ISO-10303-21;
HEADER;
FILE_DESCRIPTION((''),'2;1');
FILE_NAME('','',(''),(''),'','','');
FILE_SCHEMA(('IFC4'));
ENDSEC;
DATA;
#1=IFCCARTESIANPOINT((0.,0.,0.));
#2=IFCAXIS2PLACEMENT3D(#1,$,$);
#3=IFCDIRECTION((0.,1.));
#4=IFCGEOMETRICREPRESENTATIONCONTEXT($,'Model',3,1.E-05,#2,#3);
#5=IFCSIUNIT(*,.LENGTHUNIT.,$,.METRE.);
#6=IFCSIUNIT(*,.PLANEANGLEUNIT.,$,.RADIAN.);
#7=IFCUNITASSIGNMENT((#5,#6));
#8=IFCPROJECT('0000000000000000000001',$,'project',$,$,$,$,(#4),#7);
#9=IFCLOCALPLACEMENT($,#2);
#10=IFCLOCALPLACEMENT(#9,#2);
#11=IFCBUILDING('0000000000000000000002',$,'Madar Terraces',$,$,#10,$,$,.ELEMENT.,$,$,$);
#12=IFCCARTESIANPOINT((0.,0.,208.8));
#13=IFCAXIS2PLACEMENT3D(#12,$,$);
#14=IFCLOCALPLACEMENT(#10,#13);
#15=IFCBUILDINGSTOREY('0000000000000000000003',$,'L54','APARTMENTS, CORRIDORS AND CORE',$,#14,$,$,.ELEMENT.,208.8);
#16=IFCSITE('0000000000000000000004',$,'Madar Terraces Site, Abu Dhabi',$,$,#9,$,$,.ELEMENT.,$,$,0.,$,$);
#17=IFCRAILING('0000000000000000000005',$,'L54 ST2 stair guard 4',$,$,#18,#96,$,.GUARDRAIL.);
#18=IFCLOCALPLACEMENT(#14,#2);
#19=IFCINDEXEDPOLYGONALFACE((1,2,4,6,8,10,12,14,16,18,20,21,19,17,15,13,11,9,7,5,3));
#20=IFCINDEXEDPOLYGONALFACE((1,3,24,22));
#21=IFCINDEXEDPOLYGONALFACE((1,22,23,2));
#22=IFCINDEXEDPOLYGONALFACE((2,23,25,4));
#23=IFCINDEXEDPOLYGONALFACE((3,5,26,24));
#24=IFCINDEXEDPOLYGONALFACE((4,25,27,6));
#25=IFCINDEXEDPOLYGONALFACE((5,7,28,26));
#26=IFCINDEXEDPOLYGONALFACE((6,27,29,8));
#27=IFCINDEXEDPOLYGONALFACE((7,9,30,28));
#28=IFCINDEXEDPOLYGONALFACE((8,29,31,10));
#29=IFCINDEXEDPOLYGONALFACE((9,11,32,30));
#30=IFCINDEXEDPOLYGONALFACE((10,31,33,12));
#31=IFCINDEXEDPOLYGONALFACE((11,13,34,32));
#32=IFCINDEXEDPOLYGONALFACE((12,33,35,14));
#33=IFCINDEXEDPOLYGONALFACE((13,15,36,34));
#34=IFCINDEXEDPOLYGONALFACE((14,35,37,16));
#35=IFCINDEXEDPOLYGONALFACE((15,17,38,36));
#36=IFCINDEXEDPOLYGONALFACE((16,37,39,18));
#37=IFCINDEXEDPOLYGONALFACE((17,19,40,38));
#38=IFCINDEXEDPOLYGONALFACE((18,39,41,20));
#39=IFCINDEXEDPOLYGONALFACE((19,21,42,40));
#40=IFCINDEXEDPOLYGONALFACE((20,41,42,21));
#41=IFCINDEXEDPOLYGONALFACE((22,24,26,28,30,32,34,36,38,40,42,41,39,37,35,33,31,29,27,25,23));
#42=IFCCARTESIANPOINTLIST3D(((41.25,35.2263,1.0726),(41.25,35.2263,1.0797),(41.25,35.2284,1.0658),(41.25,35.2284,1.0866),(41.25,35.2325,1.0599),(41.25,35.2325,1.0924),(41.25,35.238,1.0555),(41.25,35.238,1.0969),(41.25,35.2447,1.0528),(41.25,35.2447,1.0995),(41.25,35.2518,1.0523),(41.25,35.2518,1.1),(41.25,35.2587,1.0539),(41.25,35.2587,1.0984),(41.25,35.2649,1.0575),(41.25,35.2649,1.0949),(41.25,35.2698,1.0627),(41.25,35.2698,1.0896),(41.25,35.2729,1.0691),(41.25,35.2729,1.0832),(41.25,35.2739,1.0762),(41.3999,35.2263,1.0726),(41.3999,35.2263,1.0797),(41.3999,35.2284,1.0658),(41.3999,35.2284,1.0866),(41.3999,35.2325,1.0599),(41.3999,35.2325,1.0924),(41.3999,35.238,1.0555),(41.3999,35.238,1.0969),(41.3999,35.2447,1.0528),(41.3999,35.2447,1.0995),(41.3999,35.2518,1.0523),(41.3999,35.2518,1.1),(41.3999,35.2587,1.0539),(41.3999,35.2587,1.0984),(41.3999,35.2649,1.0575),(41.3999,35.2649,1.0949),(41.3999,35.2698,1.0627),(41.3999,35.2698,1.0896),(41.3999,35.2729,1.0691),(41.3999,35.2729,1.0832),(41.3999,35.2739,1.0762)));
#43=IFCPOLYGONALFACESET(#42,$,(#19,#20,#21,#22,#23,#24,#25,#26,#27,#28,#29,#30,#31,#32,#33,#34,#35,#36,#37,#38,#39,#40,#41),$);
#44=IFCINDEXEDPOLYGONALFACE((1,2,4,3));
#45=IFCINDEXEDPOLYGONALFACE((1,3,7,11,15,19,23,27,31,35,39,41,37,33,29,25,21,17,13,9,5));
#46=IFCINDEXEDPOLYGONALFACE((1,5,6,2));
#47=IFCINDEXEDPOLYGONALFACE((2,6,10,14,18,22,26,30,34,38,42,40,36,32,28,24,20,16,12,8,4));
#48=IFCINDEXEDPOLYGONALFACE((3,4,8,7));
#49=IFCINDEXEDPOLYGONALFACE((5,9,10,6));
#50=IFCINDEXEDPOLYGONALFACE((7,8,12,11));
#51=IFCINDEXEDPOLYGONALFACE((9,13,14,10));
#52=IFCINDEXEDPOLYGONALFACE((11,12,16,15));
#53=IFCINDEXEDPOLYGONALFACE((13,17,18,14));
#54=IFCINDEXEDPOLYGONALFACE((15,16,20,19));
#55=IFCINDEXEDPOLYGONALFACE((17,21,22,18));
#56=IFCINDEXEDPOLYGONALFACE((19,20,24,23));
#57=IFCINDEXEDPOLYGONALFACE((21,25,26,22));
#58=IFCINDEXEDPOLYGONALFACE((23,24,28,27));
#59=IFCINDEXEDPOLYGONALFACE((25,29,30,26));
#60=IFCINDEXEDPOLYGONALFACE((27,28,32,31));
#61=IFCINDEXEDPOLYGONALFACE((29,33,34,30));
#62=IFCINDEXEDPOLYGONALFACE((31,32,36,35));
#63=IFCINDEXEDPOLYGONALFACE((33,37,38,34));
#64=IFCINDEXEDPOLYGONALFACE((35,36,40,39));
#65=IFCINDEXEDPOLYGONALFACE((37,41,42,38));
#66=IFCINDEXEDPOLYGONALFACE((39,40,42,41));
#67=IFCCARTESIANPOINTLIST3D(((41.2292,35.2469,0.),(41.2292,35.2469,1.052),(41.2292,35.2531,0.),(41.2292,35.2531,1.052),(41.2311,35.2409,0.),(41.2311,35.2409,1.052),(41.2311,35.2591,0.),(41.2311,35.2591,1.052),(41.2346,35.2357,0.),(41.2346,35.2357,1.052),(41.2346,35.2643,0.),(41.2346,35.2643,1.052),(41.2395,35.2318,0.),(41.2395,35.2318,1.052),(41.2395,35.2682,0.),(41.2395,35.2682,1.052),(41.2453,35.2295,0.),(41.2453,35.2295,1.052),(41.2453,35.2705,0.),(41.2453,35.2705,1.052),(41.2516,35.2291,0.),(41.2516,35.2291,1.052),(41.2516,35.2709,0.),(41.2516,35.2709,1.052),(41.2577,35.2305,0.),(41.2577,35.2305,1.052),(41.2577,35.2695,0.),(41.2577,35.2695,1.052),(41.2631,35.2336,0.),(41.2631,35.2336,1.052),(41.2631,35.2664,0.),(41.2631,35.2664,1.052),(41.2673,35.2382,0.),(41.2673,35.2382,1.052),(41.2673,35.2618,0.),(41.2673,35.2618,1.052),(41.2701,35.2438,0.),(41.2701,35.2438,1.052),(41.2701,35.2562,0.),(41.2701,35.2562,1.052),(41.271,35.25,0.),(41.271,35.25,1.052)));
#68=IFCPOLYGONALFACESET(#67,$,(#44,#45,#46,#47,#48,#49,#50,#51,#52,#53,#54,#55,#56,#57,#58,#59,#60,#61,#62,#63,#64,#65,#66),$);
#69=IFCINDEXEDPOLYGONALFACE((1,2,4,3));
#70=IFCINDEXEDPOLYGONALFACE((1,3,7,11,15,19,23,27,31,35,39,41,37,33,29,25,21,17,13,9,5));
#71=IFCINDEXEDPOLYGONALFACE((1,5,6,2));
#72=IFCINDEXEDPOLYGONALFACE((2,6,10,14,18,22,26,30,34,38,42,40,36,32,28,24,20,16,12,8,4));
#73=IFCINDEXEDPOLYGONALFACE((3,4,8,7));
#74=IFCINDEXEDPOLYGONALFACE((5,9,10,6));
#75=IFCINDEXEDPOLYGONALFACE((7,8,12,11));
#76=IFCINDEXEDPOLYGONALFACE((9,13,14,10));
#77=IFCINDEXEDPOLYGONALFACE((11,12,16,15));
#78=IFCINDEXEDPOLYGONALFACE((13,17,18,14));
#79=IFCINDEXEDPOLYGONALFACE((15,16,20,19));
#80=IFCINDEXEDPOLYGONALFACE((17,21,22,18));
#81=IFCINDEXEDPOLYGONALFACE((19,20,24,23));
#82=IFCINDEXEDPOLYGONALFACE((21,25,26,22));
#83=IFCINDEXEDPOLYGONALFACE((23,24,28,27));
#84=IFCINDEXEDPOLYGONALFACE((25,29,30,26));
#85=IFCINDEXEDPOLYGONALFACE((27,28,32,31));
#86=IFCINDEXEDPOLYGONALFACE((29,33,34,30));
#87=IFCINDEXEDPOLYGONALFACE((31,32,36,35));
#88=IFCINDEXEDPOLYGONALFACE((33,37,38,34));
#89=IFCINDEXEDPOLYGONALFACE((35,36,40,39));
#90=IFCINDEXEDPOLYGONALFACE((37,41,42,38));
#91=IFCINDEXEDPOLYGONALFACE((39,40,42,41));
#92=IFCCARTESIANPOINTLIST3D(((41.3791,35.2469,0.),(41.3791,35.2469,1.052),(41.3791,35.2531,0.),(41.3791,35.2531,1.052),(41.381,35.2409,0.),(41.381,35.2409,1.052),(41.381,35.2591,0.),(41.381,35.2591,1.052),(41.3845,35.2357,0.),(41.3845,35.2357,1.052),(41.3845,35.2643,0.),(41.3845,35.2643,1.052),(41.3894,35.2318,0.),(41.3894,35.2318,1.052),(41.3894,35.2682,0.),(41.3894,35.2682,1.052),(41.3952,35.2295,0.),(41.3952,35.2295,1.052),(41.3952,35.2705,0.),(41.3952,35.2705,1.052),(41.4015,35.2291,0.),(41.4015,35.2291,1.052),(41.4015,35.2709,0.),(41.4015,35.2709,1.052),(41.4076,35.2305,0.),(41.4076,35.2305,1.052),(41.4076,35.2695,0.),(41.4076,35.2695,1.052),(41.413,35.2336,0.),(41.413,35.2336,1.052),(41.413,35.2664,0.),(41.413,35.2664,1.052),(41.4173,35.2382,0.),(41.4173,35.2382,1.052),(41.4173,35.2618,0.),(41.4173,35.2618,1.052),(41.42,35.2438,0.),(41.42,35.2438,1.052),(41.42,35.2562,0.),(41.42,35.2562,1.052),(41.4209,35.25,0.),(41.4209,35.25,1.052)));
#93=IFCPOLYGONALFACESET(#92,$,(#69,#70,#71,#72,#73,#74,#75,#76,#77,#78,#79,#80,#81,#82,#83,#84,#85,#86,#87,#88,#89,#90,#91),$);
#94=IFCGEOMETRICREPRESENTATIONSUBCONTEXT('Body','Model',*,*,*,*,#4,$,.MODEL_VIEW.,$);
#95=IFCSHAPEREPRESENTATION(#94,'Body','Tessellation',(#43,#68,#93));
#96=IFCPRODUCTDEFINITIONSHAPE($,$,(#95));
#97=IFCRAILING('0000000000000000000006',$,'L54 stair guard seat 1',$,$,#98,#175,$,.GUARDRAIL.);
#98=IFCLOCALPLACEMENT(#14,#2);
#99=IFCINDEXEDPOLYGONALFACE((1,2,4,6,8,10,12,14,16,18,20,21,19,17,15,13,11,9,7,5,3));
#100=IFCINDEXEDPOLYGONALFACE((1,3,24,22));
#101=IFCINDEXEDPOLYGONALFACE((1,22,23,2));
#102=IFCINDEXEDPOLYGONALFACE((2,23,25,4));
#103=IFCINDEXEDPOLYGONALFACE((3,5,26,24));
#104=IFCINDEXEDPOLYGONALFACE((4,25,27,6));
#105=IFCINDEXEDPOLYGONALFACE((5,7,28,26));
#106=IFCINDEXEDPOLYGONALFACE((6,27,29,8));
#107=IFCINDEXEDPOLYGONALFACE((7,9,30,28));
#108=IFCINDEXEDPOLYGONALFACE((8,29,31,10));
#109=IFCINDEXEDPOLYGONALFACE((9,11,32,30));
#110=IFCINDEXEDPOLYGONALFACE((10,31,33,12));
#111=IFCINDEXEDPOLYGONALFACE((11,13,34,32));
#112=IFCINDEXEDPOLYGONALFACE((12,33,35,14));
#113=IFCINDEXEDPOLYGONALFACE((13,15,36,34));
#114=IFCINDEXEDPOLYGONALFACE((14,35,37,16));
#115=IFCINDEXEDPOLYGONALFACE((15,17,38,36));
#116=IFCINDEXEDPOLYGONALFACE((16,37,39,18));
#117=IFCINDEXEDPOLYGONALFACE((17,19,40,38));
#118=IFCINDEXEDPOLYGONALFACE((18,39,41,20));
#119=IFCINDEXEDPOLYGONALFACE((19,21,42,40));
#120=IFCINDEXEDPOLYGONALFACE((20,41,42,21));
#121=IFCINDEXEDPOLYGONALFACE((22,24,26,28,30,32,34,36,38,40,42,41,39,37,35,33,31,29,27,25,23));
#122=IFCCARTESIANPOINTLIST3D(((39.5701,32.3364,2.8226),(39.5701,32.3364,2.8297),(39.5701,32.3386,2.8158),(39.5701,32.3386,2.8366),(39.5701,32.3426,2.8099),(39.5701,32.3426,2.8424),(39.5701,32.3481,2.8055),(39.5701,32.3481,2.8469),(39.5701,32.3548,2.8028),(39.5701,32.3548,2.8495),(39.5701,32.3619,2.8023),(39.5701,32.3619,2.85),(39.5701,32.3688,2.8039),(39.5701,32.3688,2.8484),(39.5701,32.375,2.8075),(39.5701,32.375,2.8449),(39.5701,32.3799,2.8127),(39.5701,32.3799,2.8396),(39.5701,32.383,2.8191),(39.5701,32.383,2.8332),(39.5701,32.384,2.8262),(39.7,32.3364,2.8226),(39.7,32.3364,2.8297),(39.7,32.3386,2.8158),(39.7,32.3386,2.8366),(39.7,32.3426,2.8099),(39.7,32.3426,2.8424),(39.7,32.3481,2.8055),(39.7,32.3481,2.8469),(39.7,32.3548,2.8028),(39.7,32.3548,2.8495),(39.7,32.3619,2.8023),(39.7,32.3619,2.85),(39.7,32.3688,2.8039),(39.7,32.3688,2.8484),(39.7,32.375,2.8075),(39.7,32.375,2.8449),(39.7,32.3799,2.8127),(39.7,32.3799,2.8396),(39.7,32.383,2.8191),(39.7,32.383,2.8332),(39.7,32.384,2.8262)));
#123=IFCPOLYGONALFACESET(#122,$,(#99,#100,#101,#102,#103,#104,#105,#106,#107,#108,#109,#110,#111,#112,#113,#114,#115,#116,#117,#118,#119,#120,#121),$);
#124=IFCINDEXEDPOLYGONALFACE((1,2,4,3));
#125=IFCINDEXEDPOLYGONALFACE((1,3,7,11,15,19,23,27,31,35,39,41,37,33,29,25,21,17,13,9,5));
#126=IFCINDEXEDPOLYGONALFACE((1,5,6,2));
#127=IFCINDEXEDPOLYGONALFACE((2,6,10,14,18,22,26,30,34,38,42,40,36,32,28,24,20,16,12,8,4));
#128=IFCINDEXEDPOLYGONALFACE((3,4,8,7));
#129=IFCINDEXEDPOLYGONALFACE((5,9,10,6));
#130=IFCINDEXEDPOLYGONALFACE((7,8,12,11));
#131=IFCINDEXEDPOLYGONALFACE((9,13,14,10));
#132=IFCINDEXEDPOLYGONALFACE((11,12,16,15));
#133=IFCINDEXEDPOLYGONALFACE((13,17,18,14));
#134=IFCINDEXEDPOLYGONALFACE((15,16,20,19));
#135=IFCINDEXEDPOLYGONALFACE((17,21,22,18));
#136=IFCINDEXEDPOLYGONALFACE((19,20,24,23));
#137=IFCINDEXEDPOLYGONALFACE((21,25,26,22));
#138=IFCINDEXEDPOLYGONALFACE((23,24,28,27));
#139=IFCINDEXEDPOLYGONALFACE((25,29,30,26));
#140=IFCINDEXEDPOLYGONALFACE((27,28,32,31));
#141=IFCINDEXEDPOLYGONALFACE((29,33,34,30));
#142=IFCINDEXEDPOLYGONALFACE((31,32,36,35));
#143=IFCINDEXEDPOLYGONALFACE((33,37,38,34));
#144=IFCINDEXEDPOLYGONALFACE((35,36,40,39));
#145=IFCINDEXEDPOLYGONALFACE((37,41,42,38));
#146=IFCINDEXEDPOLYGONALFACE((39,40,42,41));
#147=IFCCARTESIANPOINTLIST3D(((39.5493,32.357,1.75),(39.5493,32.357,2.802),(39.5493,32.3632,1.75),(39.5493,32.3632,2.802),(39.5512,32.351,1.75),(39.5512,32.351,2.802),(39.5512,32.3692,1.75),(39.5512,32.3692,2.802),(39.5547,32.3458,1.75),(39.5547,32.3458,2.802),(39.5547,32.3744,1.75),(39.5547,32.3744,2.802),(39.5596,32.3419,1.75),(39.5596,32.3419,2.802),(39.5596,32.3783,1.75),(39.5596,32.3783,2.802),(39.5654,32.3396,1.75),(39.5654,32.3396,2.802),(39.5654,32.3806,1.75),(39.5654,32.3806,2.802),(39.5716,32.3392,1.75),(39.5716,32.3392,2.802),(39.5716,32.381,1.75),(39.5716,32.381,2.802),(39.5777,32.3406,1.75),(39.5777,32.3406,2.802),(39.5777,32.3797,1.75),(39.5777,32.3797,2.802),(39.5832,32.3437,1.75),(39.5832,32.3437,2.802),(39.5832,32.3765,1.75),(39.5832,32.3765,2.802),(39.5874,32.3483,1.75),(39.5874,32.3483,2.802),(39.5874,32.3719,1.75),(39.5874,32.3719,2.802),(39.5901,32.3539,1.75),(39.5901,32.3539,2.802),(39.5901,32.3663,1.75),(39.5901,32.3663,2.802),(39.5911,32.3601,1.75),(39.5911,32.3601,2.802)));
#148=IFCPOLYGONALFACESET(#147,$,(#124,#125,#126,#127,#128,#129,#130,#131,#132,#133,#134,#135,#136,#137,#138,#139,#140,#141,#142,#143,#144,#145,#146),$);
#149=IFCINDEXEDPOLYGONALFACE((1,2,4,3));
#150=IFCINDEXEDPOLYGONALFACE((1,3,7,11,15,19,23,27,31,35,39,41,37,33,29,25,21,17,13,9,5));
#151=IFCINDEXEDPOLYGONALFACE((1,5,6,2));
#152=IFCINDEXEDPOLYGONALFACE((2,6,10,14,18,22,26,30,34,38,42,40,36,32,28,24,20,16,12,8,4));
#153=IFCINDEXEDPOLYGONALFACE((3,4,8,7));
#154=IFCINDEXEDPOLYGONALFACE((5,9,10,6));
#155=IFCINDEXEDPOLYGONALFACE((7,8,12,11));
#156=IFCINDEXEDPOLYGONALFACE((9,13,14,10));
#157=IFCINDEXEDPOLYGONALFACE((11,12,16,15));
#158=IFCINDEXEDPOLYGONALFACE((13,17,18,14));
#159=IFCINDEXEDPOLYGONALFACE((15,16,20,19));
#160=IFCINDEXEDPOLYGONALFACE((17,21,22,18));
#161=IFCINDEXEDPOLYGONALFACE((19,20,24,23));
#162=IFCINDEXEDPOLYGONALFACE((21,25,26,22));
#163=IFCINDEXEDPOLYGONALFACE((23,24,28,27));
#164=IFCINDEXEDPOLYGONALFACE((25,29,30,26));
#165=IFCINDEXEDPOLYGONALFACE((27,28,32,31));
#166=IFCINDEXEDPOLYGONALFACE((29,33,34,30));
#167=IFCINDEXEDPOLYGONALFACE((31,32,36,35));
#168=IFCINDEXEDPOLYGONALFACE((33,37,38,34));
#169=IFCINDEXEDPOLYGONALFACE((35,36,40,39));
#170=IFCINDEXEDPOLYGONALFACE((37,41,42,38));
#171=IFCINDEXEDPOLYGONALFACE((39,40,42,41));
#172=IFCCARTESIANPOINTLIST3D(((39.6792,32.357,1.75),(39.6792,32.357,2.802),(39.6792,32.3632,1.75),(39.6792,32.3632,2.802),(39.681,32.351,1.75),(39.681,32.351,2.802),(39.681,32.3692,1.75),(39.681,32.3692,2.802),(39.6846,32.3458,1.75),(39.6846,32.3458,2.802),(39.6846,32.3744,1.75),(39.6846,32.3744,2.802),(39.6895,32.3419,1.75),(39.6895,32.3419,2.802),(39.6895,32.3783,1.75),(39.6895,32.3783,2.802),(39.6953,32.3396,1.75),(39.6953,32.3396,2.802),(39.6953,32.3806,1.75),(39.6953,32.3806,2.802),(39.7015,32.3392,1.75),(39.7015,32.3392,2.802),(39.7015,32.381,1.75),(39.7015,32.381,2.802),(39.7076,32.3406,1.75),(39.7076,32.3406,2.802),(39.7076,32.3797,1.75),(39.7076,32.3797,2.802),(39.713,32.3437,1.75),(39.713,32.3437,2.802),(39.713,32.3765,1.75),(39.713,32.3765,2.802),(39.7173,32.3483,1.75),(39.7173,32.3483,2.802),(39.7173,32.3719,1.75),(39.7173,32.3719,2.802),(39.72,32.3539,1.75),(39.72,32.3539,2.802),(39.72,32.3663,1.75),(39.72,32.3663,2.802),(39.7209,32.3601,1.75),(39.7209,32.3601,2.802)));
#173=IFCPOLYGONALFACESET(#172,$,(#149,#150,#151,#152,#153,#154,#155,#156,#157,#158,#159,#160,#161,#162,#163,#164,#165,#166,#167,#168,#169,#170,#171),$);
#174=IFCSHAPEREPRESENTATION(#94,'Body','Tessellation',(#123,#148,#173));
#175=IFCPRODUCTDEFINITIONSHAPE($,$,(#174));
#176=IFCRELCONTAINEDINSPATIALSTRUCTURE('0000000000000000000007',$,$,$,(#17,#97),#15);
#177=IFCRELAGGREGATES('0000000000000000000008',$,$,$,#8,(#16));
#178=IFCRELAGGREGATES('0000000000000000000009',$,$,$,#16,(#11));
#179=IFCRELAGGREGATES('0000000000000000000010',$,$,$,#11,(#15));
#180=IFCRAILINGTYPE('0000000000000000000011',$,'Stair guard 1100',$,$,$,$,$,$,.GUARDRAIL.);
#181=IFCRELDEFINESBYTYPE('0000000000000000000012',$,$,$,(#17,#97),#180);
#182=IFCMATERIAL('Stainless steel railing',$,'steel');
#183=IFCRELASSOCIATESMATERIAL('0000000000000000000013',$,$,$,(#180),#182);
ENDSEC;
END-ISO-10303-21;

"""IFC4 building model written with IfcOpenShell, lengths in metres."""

from ifc_helpers import new_model, si_unit, direction, frame, origin, origin_2d, place, context, subcontext, project, spatial, circle, extrude, material, type_object, element, save


model = new_model("IFC4")

# Units and contexts
model_context = context("Model", 3, precision=1e-05, world=origin(), true_north=direction((0.0, 1.0)))
body_context = subcontext(model_context, "Body", "Model", "MODEL_VIEW")
ifc_project = project(units=[si_unit("LENGTHUNIT", "METRE"), si_unit("PLANEANGLEUNIT", "RADIAN")], contexts=[model_context])

# Site, building, storey
site_placement = place(None, origin())
site = spatial("IfcSite", under=ifc_project, at=site_placement, Name="Madar Terraces Site, Abu Dhabi", CompositionType="ELEMENT", RefElevation=0.0)
building_placement = place(site_placement, origin())
building = spatial("IfcBuilding", under=site, at=building_placement, Name="Madar Terraces", CompositionType="ELEMENT")
storey_placement = place(building_placement, frame((0.0, 0.0, 208.8)))
storey = spatial("IfcBuildingStorey", under=building, at=storey_placement, Name="L54", Description="APARTMENTS, CORRIDORS AND CORE", CompositionType="ELEMENT", Elevation=208.8)

# Railings
ifc_material_1 = material(Name="Stainless steel railing", Category="steel")
railing_type_1 = type_object("IfcRailingType", Name="Stair guard 1100", PredefinedType="GUARDRAIL", material=ifc_material_1)
railing_1_placement = place(storey_placement, frame((41.25, 35.25, 0.0)))
element("IfcRailing", 1, at=railing_1_placement, inside=storey, type_object=railing_type_1, Name="L54 ST2 stair guard 4", PredefinedType="GUARDRAIL", context=body_context, shape_type="SweptSolid", body=[
    extrude(circle(Radius=0.0239, at=origin_2d()), frame((0.0, 0.0, 1.0762), z_axis=(1.0, 0.0, 0.0), x_axis=(0.0, 1.0, 0.0)), (0.0, 0.0, 1.0), 0.1499),
    extrude(circle(Radius=0.021, at=origin_2d()), origin(), (0.0, 0.0, 1.0), 1.052),
    extrude(circle(Radius=0.021, at=origin_2d()), frame((0.1499, 0.0, 0.0)), (0.0, 0.0, 1.0), 1.052),
])
railing_2_placement = place(storey_placement, frame((39.5701, 32.3601, 1.75)))
element("IfcRailing", 2, at=railing_2_placement, inside=storey, type_object=railing_type_1, Name="L54 stair guard seat 1", PredefinedType="GUARDRAIL", context=body_context, shape_type="SweptSolid", body=[
    extrude(circle(Radius=0.0239, at=origin_2d()), frame((0.0, 0.0, 1.0762), z_axis=(1.0, 0.0, 0.0), x_axis=(0.0, 1.0, 0.0)), (0.0, 0.0, 1.0), 0.1299),
    extrude(circle(Radius=0.021, at=origin_2d()), origin(), (0.0, 0.0, 1.0), 1.052),
    extrude(circle(Radius=0.021, at=origin_2d()), frame((0.1299, 0.0, 0.0)), (0.0, 0.0, 1.0), 1.052),
])

save(model, "model.ifc")
